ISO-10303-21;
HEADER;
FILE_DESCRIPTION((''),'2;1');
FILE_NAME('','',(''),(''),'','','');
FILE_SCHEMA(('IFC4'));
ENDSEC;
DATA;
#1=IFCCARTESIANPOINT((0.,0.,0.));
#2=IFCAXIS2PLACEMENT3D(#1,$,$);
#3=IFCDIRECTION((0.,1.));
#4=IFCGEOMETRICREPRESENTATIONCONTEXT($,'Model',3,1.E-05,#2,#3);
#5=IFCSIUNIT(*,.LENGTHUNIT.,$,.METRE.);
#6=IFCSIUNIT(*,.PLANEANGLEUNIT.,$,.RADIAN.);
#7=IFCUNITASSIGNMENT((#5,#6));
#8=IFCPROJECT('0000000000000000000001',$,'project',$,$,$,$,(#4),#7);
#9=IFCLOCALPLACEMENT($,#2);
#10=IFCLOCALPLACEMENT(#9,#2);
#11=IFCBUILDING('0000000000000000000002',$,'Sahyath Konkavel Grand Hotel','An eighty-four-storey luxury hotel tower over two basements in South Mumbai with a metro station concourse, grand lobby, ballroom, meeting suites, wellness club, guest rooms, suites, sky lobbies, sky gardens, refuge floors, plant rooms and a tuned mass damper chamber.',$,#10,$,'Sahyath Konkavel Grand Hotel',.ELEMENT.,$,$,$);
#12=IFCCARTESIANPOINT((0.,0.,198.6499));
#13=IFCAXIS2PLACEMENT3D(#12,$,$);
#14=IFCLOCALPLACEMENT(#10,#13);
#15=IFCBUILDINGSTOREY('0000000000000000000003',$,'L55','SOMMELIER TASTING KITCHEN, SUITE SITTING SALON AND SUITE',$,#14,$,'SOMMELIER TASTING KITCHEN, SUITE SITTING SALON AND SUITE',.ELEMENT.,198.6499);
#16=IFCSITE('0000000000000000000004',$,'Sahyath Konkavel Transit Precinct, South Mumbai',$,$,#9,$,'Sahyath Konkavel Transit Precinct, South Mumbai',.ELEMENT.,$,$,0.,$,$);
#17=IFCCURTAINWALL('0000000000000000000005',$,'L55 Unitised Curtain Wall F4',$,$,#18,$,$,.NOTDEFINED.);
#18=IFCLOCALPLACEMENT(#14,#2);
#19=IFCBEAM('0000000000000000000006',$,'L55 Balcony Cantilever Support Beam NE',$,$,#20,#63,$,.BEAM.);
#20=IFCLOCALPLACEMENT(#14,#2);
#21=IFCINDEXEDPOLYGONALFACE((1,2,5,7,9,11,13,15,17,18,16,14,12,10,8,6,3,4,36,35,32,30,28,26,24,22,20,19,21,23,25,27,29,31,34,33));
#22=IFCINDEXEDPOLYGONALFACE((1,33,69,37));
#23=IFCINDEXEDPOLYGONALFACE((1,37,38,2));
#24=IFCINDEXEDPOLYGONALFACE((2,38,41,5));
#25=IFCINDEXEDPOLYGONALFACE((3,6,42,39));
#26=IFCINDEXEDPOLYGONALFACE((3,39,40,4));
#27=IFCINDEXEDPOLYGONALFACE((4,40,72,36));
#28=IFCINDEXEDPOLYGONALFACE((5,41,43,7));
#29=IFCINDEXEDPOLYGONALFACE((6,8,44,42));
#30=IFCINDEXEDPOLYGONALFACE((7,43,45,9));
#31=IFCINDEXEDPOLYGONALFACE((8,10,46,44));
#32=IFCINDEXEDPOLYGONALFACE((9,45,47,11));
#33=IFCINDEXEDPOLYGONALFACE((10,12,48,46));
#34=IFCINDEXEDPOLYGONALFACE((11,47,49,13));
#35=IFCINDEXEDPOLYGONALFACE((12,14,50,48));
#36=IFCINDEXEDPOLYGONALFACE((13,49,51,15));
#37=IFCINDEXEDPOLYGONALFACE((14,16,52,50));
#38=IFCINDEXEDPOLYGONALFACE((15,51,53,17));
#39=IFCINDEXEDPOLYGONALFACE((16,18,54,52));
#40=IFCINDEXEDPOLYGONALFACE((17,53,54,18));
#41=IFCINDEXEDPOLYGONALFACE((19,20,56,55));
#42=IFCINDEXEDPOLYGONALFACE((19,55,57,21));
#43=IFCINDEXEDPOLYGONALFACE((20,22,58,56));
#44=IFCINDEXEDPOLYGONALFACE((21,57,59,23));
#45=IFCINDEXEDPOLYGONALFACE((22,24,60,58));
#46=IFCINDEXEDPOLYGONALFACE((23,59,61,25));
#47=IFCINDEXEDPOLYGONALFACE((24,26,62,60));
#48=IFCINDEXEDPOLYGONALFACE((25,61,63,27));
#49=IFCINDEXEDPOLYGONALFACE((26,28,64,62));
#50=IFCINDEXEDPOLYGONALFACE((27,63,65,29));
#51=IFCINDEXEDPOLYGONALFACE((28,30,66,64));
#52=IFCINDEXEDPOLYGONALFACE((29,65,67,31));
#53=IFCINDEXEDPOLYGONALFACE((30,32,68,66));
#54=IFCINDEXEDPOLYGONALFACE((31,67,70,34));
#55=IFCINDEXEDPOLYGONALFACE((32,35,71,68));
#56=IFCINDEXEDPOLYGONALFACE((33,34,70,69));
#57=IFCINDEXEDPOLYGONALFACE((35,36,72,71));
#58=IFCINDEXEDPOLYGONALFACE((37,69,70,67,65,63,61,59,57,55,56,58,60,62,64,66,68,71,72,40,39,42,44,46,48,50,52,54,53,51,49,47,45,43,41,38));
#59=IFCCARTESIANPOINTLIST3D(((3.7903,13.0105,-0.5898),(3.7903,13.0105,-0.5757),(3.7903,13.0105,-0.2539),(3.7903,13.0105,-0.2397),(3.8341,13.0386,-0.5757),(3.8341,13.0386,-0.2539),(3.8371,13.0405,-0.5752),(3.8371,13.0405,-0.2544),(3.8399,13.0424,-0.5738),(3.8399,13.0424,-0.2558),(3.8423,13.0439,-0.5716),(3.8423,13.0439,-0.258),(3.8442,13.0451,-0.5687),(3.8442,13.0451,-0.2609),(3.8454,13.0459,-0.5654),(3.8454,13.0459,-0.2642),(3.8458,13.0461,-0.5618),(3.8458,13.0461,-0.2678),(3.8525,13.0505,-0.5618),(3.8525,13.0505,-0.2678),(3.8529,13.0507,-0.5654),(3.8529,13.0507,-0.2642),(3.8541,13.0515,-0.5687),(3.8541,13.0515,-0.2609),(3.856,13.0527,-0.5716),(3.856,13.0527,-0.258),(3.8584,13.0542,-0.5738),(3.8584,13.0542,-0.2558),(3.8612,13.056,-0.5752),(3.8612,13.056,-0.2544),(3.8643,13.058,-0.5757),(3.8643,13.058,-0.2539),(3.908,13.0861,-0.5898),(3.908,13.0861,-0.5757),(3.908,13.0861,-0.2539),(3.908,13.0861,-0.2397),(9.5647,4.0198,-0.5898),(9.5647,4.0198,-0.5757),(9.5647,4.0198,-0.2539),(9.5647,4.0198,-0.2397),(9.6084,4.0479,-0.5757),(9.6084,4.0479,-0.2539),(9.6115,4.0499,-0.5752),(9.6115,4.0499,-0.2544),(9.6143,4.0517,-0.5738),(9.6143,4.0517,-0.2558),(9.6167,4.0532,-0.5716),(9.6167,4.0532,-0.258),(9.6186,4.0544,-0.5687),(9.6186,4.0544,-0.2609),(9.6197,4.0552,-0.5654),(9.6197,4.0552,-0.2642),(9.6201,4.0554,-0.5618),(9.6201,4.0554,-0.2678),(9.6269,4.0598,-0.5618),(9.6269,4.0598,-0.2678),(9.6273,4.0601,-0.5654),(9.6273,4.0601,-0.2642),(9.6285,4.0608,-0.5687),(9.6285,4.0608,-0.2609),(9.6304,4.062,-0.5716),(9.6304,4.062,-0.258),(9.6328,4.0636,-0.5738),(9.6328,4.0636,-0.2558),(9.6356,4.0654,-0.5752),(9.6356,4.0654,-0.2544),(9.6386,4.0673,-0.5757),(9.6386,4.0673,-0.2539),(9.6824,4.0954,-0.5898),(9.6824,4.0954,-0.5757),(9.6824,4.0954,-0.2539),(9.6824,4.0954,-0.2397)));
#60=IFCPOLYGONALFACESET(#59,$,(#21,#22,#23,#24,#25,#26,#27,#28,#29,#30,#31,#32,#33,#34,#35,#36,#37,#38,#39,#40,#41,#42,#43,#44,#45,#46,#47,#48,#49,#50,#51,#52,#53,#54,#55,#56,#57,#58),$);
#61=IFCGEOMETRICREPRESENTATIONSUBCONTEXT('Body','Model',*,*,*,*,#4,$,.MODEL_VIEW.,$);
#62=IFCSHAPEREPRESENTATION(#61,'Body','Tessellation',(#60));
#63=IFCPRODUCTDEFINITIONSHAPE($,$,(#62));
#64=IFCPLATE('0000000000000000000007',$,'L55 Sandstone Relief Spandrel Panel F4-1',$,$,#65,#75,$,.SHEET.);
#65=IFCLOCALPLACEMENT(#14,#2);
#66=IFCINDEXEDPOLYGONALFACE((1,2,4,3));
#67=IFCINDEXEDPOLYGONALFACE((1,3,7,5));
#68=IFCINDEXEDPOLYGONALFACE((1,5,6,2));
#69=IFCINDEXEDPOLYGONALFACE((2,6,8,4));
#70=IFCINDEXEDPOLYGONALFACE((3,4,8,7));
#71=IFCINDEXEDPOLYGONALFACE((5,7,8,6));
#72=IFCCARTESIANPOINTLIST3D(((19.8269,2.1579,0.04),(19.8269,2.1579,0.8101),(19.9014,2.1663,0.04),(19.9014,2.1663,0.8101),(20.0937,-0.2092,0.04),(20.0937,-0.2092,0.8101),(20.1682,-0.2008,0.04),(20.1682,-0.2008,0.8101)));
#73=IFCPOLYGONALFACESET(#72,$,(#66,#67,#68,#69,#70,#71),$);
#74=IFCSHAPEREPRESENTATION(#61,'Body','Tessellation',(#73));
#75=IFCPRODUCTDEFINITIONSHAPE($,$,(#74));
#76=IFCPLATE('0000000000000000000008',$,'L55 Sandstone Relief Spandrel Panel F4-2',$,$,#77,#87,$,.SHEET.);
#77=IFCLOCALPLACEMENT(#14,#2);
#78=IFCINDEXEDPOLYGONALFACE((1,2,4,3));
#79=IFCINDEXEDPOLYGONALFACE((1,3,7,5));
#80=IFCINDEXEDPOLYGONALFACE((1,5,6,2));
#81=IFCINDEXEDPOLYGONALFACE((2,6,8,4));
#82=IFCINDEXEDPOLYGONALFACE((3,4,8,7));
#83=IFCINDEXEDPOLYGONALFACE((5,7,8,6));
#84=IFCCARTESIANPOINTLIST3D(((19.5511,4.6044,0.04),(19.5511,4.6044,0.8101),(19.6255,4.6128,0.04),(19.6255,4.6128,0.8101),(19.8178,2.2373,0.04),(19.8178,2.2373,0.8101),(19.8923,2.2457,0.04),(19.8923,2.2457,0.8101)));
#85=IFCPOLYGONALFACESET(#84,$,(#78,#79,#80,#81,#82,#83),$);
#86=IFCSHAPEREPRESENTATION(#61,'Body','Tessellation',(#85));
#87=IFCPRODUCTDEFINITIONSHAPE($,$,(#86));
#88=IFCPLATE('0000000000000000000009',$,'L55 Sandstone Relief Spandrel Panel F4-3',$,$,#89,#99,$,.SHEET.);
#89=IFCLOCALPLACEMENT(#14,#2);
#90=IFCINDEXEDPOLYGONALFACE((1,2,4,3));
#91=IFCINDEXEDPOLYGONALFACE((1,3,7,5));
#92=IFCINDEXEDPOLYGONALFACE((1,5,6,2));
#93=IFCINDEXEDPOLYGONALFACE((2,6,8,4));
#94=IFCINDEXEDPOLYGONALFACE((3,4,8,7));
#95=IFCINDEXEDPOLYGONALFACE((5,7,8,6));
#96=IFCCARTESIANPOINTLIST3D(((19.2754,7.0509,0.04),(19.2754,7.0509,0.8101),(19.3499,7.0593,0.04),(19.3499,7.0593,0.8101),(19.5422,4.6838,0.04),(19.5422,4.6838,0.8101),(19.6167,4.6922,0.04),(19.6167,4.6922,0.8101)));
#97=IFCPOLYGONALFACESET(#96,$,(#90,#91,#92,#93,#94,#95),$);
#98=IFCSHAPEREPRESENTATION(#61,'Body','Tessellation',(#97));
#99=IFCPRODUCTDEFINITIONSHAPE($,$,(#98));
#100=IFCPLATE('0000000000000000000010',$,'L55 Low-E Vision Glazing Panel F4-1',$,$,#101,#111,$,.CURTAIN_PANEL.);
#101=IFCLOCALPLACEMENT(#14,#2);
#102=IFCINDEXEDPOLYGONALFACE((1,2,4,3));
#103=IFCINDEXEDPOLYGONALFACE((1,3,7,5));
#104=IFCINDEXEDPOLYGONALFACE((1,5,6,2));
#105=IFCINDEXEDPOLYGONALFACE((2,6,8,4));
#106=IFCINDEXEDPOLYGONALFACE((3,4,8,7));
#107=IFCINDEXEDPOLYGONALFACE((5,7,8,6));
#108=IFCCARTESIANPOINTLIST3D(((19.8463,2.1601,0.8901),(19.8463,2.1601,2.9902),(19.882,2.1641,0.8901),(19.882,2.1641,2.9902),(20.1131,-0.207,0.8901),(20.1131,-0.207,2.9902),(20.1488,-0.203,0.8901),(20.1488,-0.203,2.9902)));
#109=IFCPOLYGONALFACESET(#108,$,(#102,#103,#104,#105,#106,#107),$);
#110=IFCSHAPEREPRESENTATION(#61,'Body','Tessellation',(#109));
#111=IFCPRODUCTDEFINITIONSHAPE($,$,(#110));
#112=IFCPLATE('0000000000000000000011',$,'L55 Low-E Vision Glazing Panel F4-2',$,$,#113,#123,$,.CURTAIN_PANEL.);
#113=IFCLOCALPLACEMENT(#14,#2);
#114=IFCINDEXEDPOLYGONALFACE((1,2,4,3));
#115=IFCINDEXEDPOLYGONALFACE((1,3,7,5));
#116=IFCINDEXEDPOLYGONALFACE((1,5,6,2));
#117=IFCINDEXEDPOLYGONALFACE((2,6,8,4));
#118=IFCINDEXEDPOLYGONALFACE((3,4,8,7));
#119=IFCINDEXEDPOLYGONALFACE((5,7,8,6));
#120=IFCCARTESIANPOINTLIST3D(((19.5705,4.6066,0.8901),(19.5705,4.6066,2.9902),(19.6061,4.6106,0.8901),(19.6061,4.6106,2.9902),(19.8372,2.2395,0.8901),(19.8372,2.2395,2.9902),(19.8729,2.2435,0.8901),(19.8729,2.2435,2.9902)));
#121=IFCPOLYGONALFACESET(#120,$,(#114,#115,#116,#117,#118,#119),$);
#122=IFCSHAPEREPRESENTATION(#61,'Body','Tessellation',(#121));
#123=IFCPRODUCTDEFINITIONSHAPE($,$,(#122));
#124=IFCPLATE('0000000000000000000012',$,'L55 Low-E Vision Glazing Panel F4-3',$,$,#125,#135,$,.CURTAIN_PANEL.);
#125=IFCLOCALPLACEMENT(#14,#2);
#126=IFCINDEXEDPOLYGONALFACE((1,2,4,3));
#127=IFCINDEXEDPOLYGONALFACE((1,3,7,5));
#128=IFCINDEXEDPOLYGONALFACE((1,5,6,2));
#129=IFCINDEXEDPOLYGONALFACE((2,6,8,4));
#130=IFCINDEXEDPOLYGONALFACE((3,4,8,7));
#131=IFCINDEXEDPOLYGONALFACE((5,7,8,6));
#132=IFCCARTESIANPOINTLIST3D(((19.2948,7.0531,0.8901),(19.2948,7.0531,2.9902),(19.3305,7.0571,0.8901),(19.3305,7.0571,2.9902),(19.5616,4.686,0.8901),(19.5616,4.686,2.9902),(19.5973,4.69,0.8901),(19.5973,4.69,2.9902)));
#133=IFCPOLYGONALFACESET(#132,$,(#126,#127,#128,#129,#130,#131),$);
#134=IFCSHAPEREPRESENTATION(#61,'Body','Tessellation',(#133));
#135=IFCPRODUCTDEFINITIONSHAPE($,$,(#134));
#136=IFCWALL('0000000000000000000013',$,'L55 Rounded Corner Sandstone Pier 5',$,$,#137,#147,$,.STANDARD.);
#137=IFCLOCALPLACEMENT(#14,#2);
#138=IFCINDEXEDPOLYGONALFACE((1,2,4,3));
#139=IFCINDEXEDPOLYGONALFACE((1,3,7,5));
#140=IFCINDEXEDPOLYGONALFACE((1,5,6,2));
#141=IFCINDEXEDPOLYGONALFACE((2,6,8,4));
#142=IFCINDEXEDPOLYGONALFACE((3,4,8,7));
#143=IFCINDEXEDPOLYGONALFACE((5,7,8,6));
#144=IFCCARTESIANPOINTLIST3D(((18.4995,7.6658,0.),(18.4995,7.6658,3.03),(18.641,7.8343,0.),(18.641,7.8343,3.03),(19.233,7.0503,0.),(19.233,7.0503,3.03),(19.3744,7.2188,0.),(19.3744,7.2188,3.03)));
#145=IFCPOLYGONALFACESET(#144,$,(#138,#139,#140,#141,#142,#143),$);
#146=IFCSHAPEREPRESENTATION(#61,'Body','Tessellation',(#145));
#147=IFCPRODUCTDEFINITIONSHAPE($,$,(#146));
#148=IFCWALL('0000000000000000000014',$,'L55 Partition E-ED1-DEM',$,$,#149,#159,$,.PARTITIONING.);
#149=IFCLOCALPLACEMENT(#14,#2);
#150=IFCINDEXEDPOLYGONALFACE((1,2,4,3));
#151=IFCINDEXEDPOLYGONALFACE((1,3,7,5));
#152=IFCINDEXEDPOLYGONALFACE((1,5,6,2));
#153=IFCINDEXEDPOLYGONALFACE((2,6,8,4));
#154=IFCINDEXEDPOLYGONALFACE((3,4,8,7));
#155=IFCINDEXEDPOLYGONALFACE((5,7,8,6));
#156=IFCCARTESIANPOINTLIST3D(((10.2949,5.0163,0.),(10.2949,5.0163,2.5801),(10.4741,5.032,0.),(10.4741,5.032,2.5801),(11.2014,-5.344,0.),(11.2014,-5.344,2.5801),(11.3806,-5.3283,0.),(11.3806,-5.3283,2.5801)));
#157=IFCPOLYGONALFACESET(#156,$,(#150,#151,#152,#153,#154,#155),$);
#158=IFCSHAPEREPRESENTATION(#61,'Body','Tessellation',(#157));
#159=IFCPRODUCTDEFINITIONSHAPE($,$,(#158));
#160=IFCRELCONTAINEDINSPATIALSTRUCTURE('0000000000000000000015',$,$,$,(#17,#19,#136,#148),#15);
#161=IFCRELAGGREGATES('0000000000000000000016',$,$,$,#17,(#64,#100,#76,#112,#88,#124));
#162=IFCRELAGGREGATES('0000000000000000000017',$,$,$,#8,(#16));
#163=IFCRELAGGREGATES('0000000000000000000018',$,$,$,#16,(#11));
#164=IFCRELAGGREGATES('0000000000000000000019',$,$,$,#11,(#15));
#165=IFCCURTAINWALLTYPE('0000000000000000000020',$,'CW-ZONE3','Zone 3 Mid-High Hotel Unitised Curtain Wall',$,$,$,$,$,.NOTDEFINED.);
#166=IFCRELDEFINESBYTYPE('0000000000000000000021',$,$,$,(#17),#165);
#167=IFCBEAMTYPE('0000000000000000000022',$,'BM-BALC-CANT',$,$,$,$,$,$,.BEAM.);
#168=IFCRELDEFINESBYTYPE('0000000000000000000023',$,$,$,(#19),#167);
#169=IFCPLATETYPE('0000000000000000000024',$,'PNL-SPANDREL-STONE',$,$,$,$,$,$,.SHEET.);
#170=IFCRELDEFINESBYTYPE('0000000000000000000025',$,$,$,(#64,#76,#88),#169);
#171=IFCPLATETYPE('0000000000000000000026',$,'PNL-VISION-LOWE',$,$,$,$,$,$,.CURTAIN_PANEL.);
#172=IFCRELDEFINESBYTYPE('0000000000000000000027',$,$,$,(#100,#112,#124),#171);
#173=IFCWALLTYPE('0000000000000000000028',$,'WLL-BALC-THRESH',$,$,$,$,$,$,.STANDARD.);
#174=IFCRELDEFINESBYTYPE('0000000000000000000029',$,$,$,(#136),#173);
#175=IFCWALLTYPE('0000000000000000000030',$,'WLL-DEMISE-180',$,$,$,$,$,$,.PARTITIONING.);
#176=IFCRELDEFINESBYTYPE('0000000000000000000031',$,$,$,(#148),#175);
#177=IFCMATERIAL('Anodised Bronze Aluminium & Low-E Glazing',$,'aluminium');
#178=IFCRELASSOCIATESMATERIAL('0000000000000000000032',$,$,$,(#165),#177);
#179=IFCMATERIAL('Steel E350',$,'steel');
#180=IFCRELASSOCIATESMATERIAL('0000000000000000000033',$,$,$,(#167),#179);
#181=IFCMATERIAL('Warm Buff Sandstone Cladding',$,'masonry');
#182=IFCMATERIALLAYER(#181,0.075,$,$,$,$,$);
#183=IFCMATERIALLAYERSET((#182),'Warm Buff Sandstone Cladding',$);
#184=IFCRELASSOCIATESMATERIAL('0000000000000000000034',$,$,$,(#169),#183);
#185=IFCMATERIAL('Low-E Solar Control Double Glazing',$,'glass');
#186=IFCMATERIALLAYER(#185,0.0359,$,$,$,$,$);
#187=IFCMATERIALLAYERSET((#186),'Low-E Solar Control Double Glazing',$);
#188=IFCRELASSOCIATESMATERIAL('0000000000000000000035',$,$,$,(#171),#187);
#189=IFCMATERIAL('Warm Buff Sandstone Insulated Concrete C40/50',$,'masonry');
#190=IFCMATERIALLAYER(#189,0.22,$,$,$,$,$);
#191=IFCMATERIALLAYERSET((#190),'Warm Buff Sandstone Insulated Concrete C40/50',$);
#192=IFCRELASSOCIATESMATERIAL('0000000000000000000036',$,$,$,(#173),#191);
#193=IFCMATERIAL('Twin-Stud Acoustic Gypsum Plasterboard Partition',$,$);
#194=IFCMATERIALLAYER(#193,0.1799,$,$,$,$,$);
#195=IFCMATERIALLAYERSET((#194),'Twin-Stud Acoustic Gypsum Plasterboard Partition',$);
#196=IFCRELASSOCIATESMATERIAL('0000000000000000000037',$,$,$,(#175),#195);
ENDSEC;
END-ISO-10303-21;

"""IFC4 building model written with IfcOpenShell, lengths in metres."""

from ifc_helpers import new_model, si_unit, direction, frame, frame_2d, origin, origin_2d, place, context, subcontext, project, spatial, rectangle, i_section, extrude, source, transform, mapped, material, layer, layer_set, material_profile, profile_set, type_object, element, aggregate, save


model = new_model("IFC4")

# Units and contexts
model_context = context("Model", 3, precision=1e-05, world=origin(), true_north=direction((0.0, 1.0)))
body_context = subcontext(model_context, "Body", "Model", "MODEL_VIEW")
ifc_project = project(units=[si_unit("LENGTHUNIT", "METRE"), si_unit("PLANEANGLEUNIT", "RADIAN")], contexts=[model_context])

# Site, building, storey
site_placement = place(None, origin())
site = spatial("IfcSite", under=ifc_project, at=site_placement, Name="Sahyath Konkavel Transit Precinct, South Mumbai", LongName="Sahyath Konkavel Transit Precinct, South Mumbai", CompositionType="ELEMENT", RefElevation=0.0)
building_placement = place(site_placement, origin())
building = spatial("IfcBuilding", under=site, at=building_placement, Name="Sahyath Konkavel Grand Hotel", Description="An eighty-four-storey luxury hotel tower over two basements in South Mumbai with a metro station concourse, grand lobby, ballroom, meeting suites, wellness club, guest rooms, suites, sky lobbies, sky gardens, refuge floors, plant rooms and a tuned mass damper chamber.", LongName="Sahyath Konkavel Grand Hotel", CompositionType="ELEMENT")
storey_placement = place(building_placement, frame((0.0, 0.0, 198.6499)))
storey = spatial("IfcBuildingStorey", under=building, at=storey_placement, Name="L55", Description="SOMMELIER TASTING KITCHEN, SUITE SITTING SALON AND SUITE", LongName="SOMMELIER TASTING KITCHEN, SUITE SITTING SALON AND SUITE", CompositionType="ELEMENT", Elevation=198.6499)

# Shared definitions
ifc_material_1 = material(Name="Steel E350", Category="steel")

# Curtain wall
ifc_material_2 = material(Name="Anodised Bronze Aluminium & Low-E Glazing", Category="aluminium")
curtain_wall_type = type_object("IfcCurtainWallType", Name="CW-ZONE3", Description="Zone 3 Mid-High Hotel Unitised Curtain Wall", PredefinedType="NOTDEFINED", material=ifc_material_2)
curtain_wall_placement = place(storey_placement, origin())
curtain_wall = element("IfcCurtainWall", 1, at=curtain_wall_placement, inside=storey, type_object=curtain_wall_type, Name="L55 Unitised Curtain Wall F4", PredefinedType="NOTDEFINED")

# Beam
ifc_material_profile_1 = material_profile(ifc_material_1, i_section(OverallWidth=0.1399, OverallDepth=0.3501, WebThickness=0.0081, FlangeThickness=0.0142, FilletRadius=0.0139, at=origin_2d()), Name="ISMB 350")
ifc_profile_set_1 = profile_set([ifc_material_profile_1], Name="Steel E350")
beam_type_1 = type_object("IfcBeamType", Name="BM-BALC-CANT", PredefinedType="BEAM", material=ifc_profile_set_1)
shared_shape_1 = source(origin(), body_context, "Body", "SweptSolid", [
    extrude(i_section(OverallWidth=0.1399, OverallDepth=0.3501, WebThickness=0.0081, FlangeThickness=0.0142, FilletRadius=0.0139, at=origin_2d()), origin(), (0.0, 0.0, 1.0), 10.6853),
])
beam_1_placement = place(storey_placement, frame((9.6235, 4.0576, -0.4148), z_axis=(-0.540404, 0.841406, 0.0), x_axis=(-0.841406, -0.540404, 0.0)))
element("IfcBeam", 2, at=beam_1_placement, inside=storey, type_object=beam_type_1, Name="L55 Balcony Cantilever Support Beam NE", PredefinedType="BEAM", context=body_context, shape_type="MappedRepresentation", body=[
    mapped(shared_shape_1, transform((0.0, 0.0, 0.0), scale=1.0)),
])

# Plates
ifc_material_3 = material(Name="Warm Buff Sandstone Cladding", Category="masonry")
ifc_layer_1 = layer(ifc_material_3, 0.075)
ifc_layer_set_1 = layer_set([ifc_layer_1], Name="Warm Buff Sandstone Cladding")
plate_type_1 = type_object("IfcPlateType", Name="PNL-SPANDREL-STONE", PredefinedType="SHEET", material=ifc_layer_set_1)
shared_shape_2 = source(origin(), body_context, "Body", "SweptSolid", [
    extrude(rectangle(XDim=2.3821, YDim=0.075, at=origin_2d()), origin(), (0.0, 0.0, 1.0), 0.77),
])
plate_1_placement = place(storey_placement, frame((19.9976, 0.9785, 0.04), z_axis=(0.0, 0.0, 1.0), x_axis=(-0.111989, 0.993709, 0.0)))
plate_1 = element("IfcPlate", 3, at=plate_1_placement, type_object=plate_type_1, Name="L55 Sandstone Relief Spandrel Panel F4-1", PredefinedType="SHEET", context=body_context, shape_type="MappedRepresentation", body=[
    mapped(shared_shape_2, transform((0.0, 0.0, 0.0), scale=1.0)),
])
plate_2_placement = place(storey_placement, frame((19.7217, 3.425, 0.04), z_axis=(0.0, 0.0, 1.0), x_axis=(-0.111989, 0.993709, 0.0)))
plate_2 = element("IfcPlate", 4, at=plate_2_placement, type_object=plate_type_1, Name="L55 Sandstone Relief Spandrel Panel F4-2", PredefinedType="SHEET", context=body_context, shape_type="MappedRepresentation", body=[
    mapped(shared_shape_2, transform((0.0, 0.0, 0.0), scale=1.0)),
])
plate_3_placement = place(storey_placement, frame((19.446, 5.8716, 0.04), z_axis=(0.0, 0.0, 1.0), x_axis=(-0.111989, 0.993709, 0.0)))
plate_3 = element("IfcPlate", 5, at=plate_3_placement, type_object=plate_type_1, Name="L55 Sandstone Relief Spandrel Panel F4-3", PredefinedType="SHEET", context=body_context, shape_type="MappedRepresentation", body=[
    mapped(shared_shape_2, transform((0.0, 0.0, 0.0), scale=1.0)),
])
ifc_material_4 = material(Name="Low-E Solar Control Double Glazing", Category="glass")
ifc_layer_2 = layer(ifc_material_4, 0.0359)
ifc_layer_set_2 = layer_set([ifc_layer_2], Name="Low-E Solar Control Double Glazing")
plate_type_2 = type_object("IfcPlateType", Name="PNL-VISION-LOWE", PredefinedType="CURTAIN_PANEL", material=ifc_layer_set_2)
shared_shape_3 = source(origin(), body_context, "Body", "SweptSolid", [
    extrude(rectangle(XDim=2.3821, YDim=0.0359, at=origin_2d()), origin(), (0.0, 0.0, 1.0), 2.1001),
])
plate_4_placement = place(storey_placement, frame((19.9976, 0.9785, 0.8901), z_axis=(0.0, 0.0, 1.0), x_axis=(-0.111989, 0.993709, 0.0)))
plate_4 = element("IfcPlate", 6, at=plate_4_placement, type_object=plate_type_2, Name="L55 Low-E Vision Glazing Panel F4-1", PredefinedType="CURTAIN_PANEL", context=body_context, shape_type="MappedRepresentation", body=[
    mapped(shared_shape_3, transform((0.0, 0.0, 0.0), scale=1.0)),
])
plate_5_placement = place(storey_placement, frame((19.7217, 3.425, 0.8901), z_axis=(0.0, 0.0, 1.0), x_axis=(-0.111989, 0.993709, 0.0)))
plate_5 = element("IfcPlate", 7, at=plate_5_placement, type_object=plate_type_2, Name="L55 Low-E Vision Glazing Panel F4-2", PredefinedType="CURTAIN_PANEL", context=body_context, shape_type="MappedRepresentation", body=[
    mapped(shared_shape_3, transform((0.0, 0.0, 0.0), scale=1.0)),
])
plate_6_placement = place(storey_placement, frame((19.446, 5.8716, 0.8901), z_axis=(0.0, 0.0, 1.0), x_axis=(-0.111989, 0.993709, 0.0)))
plate_6 = element("IfcPlate", 8, at=plate_6_placement, type_object=plate_type_2, Name="L55 Low-E Vision Glazing Panel F4-3", PredefinedType="CURTAIN_PANEL", context=body_context, shape_type="MappedRepresentation", body=[
    mapped(shared_shape_3, transform((0.0, 0.0, 0.0), scale=1.0)),
])
aggregate(curtain_wall, [plate_1, plate_4, plate_2, plate_5, plate_3, plate_6])

# Walls
ifc_material_5 = material(Name="Warm Buff Sandstone Insulated Concrete C40/50", Category="masonry")
ifc_layer_3 = layer(ifc_material_5, 0.22)
ifc_layer_set_3 = layer_set([ifc_layer_3], Name="Warm Buff Sandstone Insulated Concrete C40/50")
wall_type_1 = type_object("IfcWallType", Name="WLL-BALC-THRESH", PredefinedType="STANDARD", material=ifc_layer_set_3)
wall_1_placement = place(storey_placement, frame((19.3037, 7.1345, 0.0), z_axis=(0.0, 0.0, 1.0), x_axis=(-0.766001, 0.642839, 0.0)))
element("IfcWall", 9, at=wall_1_placement, inside=storey, type_object=wall_type_1, Name="L55 Rounded Corner Sandstone Pier 5", PredefinedType="STANDARD", context=body_context, shape_type="SweptSolid", body=[
    extrude(rectangle(XDim=0.9575, YDim=0.22, at=frame_2d((0.4788, 0.0))), origin(), (0.0, 0.0, 1.0), 3.03),
])
ifc_material_6 = material(Name="Twin-Stud Acoustic Gypsum Plasterboard Partition")
ifc_layer_4 = layer(ifc_material_6, 0.1799)
ifc_layer_set_4 = layer_set([ifc_layer_4], Name="Twin-Stud Acoustic Gypsum Plasterboard Partition")
wall_type_2 = type_object("IfcWallType", Name="WLL-DEMISE-180", PredefinedType="PARTITIONING", material=ifc_layer_set_4)
wall_2_placement = place(storey_placement, frame((10.3845, 5.0242, 0.0), z_axis=(0.0, 0.0, 1.0), x_axis=(0.087163, -0.996194, 0.0)))
element("IfcWall", 10, at=wall_2_placement, inside=storey, type_object=wall_type_2, Name="L55 Partition E-ED1-DEM", PredefinedType="PARTITIONING", context=body_context, shape_type="SweptSolid", body=[
    extrude(rectangle(XDim=10.3999, YDim=0.1799, at=frame_2d((5.2, 0.0))), origin(), (0.0, 0.0, 1.0), 2.5801),
])

save(model, "model.ifc")
